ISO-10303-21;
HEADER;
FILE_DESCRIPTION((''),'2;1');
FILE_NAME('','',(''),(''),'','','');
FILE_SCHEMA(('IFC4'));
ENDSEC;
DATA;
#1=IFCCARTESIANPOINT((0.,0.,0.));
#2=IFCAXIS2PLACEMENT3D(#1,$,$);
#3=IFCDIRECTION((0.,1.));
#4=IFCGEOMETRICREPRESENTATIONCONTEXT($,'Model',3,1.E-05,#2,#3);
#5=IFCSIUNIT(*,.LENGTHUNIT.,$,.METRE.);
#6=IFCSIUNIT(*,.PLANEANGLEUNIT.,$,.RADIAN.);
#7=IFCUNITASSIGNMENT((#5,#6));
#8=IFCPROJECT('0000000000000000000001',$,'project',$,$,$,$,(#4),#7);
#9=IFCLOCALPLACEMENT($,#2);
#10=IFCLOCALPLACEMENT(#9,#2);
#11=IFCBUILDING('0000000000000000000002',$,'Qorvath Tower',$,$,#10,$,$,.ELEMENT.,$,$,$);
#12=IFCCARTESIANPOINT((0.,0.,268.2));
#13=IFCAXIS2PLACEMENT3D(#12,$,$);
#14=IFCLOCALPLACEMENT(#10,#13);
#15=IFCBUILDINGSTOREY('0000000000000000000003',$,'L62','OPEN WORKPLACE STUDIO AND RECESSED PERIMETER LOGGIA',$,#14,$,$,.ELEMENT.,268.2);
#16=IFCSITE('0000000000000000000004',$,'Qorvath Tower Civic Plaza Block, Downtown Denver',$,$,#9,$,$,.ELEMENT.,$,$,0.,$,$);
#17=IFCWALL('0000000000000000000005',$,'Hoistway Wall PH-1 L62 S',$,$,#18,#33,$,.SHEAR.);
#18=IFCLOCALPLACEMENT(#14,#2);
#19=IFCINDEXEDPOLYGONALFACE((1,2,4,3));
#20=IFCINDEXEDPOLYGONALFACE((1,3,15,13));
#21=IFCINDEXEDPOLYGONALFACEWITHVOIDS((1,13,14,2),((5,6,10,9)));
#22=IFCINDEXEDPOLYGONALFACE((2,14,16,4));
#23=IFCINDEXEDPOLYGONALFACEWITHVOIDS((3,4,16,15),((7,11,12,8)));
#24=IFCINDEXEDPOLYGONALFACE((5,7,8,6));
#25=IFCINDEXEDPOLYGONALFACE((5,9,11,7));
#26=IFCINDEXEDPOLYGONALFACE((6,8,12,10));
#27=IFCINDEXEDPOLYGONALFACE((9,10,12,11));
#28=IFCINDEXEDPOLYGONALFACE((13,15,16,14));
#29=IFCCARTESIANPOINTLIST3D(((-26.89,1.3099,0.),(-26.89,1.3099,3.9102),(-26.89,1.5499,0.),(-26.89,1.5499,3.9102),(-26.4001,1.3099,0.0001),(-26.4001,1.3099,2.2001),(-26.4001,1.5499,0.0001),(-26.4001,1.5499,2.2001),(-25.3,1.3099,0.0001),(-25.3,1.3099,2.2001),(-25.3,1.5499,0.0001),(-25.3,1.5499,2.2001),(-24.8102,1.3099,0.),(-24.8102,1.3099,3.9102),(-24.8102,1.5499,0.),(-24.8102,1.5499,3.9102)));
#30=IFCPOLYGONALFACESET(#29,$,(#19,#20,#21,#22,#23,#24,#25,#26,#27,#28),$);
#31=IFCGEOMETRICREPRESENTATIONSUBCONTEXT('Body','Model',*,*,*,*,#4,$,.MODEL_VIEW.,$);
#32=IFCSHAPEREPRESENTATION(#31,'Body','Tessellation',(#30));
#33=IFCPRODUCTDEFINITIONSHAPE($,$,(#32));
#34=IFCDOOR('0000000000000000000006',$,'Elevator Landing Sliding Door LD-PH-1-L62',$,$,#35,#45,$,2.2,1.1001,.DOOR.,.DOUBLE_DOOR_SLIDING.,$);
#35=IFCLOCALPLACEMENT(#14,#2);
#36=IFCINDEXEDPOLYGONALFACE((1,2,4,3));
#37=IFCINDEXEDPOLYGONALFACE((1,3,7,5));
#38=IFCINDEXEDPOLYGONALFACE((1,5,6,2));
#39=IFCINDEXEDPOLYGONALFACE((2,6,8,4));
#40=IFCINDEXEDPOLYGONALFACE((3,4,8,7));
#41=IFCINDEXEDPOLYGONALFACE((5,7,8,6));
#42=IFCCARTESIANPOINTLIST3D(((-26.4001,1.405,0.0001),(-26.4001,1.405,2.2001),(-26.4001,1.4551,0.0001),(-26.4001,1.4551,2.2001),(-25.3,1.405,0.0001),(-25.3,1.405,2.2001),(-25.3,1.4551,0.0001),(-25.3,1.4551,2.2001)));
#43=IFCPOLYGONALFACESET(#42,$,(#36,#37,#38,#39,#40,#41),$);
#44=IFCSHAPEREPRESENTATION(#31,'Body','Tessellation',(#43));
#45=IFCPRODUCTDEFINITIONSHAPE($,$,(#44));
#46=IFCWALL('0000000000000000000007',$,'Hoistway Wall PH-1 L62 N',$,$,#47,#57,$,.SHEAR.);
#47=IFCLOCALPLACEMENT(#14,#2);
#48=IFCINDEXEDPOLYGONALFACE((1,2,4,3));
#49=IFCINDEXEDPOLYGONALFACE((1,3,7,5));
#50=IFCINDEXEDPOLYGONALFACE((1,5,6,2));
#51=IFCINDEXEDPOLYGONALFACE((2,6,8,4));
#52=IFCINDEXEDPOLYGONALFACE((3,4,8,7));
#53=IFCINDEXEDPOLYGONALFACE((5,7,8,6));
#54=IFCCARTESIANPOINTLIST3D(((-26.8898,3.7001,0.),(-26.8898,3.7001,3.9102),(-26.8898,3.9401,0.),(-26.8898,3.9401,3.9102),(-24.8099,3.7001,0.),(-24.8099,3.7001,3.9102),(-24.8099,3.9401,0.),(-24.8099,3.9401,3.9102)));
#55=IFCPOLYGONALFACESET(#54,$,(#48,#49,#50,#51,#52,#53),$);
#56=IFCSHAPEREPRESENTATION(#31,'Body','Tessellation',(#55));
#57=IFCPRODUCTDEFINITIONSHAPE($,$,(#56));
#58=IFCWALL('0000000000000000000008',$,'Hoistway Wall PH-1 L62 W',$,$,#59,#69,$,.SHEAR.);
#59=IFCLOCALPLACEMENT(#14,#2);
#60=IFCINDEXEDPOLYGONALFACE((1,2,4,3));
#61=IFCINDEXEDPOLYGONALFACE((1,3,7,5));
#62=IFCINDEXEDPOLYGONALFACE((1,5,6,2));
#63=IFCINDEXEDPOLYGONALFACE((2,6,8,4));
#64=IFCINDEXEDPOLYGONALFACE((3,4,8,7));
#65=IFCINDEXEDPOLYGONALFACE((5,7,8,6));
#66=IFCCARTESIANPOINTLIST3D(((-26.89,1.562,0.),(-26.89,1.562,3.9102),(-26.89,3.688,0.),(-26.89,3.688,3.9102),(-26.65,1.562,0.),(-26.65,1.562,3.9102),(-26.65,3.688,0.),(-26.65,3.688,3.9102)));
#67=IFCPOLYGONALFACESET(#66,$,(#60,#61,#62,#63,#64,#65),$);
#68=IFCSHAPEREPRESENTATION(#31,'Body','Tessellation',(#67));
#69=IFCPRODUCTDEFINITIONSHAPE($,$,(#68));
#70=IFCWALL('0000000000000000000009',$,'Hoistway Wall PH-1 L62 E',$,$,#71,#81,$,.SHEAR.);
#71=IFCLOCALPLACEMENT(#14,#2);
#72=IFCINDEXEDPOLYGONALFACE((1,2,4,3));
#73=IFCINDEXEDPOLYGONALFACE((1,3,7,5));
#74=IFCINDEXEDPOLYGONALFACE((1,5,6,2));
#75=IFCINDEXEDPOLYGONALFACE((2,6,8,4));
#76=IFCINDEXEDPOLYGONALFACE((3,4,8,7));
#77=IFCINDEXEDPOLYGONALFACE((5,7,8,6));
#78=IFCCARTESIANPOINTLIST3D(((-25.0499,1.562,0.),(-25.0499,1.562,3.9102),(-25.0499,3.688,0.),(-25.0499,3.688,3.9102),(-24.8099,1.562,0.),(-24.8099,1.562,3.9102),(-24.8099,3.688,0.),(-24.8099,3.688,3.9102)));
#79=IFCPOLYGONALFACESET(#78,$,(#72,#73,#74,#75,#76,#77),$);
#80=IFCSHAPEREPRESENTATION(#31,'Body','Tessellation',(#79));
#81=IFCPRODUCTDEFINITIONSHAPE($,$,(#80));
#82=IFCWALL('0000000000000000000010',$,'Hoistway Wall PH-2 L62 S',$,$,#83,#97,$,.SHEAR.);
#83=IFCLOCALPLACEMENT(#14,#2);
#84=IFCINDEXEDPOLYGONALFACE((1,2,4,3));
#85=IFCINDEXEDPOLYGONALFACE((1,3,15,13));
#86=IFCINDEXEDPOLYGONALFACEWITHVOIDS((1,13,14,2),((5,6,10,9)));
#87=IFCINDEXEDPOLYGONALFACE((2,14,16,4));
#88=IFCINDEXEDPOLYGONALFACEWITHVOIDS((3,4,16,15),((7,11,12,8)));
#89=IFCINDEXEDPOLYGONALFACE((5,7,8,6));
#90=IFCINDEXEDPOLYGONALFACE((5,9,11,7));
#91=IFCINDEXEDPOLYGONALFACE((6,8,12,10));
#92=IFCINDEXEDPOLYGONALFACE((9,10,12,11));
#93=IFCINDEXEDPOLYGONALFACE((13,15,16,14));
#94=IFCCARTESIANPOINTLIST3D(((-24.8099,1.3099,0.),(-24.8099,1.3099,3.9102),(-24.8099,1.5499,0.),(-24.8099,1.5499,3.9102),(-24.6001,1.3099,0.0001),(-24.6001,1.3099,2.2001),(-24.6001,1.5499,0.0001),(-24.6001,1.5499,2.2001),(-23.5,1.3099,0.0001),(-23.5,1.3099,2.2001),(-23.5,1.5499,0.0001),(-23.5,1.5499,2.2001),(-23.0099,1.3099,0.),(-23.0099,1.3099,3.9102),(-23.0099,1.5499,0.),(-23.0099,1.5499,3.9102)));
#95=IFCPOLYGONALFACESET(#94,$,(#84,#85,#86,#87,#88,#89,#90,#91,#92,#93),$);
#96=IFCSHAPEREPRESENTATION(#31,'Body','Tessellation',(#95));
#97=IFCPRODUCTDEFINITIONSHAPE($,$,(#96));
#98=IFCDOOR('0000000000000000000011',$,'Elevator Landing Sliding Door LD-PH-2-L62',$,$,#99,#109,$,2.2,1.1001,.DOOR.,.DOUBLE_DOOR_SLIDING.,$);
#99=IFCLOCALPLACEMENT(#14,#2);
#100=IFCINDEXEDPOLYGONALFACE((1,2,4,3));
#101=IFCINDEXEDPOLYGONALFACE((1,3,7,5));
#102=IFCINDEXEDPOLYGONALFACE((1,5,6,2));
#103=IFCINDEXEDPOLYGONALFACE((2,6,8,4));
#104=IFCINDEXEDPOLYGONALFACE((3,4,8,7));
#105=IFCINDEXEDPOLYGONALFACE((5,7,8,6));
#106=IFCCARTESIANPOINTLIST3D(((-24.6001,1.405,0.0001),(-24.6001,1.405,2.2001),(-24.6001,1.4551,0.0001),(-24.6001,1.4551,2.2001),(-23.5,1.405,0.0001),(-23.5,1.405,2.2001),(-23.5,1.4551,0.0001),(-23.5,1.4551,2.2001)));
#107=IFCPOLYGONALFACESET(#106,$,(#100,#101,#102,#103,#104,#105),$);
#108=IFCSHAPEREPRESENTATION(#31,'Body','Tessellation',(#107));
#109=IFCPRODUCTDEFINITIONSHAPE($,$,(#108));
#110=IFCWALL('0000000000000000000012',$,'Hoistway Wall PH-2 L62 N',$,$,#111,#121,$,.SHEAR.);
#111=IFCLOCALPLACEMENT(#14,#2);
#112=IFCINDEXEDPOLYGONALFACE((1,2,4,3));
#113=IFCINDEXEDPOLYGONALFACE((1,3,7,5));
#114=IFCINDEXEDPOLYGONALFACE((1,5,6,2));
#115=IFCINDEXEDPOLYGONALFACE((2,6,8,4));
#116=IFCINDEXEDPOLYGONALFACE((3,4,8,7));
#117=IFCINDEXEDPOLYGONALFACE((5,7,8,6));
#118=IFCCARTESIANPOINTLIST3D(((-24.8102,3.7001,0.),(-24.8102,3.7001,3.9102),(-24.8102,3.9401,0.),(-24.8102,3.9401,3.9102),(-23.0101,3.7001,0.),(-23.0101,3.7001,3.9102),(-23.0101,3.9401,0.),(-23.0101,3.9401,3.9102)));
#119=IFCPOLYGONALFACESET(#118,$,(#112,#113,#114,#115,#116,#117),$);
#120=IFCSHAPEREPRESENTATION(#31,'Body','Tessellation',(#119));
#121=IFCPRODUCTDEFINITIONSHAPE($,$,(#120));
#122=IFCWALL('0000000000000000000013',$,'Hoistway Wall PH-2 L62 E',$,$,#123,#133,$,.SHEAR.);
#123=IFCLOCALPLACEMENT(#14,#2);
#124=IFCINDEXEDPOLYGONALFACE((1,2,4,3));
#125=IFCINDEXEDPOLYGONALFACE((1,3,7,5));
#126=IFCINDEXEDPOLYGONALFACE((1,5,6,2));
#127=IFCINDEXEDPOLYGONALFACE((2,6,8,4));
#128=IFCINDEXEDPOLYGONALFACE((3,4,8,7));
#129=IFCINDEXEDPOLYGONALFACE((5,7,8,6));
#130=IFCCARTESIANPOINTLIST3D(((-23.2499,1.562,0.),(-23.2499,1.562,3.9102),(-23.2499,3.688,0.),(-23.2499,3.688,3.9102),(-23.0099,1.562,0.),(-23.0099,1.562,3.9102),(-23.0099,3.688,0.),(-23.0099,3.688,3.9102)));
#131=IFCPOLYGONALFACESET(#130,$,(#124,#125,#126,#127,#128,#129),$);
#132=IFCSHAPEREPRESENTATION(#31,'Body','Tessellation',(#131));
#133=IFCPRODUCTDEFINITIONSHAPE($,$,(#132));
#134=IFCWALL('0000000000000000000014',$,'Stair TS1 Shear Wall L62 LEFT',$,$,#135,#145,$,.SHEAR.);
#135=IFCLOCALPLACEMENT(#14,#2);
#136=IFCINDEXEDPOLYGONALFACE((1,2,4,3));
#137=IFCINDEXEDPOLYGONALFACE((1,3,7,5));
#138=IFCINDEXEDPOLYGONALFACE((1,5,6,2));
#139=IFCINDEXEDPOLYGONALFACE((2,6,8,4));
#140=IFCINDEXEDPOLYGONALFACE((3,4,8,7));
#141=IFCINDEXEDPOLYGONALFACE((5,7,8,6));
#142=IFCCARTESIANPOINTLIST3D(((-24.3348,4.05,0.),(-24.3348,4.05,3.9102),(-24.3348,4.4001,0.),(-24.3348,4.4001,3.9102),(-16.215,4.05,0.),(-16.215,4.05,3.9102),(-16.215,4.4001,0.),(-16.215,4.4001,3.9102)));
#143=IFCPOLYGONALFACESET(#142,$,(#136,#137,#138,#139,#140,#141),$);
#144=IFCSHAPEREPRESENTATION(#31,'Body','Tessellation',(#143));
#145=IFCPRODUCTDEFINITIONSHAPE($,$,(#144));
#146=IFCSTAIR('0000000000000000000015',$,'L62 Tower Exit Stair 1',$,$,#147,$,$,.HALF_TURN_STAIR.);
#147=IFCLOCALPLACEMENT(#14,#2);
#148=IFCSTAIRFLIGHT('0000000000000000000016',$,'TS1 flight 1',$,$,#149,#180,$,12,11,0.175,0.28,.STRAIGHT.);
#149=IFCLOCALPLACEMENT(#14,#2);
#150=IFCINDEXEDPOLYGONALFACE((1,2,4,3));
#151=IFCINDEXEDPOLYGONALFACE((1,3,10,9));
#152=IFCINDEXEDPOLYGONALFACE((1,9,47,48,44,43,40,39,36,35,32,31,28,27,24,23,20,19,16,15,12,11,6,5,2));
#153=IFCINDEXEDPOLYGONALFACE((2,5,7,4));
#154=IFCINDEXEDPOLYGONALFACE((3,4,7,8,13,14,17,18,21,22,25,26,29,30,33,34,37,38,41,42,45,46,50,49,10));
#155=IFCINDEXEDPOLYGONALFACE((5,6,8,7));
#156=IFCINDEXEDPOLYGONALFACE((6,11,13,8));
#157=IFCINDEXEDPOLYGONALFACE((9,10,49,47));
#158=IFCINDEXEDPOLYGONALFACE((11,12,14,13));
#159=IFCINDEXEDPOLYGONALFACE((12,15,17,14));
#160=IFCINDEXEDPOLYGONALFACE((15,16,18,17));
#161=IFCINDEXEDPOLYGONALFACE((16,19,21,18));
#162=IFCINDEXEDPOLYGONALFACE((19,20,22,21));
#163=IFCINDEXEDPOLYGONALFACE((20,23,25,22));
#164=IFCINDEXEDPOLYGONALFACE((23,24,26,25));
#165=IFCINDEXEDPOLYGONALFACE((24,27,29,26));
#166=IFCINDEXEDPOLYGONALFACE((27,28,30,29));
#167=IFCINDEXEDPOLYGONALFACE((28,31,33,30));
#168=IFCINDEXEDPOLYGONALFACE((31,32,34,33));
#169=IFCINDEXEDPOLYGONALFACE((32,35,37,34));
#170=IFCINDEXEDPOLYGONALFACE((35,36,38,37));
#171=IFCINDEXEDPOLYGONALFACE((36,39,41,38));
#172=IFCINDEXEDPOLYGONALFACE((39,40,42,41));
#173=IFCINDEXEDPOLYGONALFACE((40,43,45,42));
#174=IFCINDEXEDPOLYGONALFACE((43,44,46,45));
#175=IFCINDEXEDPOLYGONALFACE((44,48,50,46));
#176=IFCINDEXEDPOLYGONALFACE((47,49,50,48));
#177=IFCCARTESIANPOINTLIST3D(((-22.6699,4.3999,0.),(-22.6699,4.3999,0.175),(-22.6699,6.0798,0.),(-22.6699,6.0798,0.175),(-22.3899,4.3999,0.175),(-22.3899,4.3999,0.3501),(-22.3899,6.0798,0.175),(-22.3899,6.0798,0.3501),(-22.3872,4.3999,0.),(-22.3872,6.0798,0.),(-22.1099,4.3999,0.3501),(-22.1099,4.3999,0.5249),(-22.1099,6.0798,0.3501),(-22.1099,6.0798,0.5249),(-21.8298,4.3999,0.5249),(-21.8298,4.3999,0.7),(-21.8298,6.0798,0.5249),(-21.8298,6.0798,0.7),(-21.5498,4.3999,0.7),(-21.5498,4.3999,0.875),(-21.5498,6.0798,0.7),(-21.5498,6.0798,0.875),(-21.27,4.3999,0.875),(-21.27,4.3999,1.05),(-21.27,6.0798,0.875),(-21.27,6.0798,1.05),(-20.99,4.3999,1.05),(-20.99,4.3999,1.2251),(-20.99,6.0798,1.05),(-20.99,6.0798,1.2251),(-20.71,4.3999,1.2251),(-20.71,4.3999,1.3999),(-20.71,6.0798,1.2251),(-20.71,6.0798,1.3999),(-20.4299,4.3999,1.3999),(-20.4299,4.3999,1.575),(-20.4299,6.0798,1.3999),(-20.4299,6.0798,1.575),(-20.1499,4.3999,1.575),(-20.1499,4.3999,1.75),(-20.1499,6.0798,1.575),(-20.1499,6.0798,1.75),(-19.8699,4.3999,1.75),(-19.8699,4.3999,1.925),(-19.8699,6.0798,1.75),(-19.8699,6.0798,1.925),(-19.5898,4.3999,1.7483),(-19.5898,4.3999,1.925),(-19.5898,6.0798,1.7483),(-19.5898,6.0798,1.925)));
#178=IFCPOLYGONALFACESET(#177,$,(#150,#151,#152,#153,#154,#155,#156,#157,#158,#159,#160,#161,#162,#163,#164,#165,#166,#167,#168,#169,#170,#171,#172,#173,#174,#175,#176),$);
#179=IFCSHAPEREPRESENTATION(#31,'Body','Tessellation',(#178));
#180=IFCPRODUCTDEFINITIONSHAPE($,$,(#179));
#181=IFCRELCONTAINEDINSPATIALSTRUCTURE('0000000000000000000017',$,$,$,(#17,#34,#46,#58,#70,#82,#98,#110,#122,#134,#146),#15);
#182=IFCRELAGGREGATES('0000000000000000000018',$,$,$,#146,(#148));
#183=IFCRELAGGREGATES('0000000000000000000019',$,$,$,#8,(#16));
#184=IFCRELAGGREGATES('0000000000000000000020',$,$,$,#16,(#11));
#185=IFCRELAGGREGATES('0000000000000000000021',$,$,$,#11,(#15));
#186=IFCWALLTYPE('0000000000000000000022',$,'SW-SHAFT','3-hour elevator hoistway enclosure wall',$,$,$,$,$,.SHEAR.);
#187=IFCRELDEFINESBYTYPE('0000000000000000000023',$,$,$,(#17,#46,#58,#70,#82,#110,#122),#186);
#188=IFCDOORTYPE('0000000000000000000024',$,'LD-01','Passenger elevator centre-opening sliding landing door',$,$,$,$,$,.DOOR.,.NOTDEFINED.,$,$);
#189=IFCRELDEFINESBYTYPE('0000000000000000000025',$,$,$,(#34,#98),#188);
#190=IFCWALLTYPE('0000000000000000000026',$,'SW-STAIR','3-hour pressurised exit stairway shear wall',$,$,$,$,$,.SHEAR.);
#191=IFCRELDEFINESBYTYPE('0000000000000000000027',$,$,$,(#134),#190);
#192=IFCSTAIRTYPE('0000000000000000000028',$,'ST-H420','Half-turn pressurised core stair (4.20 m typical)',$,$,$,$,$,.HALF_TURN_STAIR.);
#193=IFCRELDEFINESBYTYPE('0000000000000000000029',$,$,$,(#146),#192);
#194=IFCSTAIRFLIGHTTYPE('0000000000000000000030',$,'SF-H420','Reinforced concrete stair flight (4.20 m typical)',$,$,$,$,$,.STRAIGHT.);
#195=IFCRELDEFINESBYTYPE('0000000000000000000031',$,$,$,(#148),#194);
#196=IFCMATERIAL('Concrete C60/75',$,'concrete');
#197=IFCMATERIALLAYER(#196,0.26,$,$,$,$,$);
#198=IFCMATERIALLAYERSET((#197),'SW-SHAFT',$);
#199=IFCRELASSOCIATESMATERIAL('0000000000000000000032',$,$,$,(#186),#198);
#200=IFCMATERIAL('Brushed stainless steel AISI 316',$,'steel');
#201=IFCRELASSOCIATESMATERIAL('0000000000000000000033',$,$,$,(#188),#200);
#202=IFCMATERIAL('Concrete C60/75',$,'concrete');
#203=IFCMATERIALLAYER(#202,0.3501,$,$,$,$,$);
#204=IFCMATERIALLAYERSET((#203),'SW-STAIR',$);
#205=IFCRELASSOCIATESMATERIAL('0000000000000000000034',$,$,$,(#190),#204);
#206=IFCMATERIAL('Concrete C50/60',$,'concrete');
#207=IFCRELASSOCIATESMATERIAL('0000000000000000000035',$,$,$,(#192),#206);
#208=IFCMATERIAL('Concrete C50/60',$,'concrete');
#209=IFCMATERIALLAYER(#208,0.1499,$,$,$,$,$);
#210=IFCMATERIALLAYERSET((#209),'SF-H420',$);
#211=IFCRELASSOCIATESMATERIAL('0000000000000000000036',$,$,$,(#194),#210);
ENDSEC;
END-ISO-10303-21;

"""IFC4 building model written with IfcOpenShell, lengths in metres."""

from ifc_helpers import new_model, si_unit, direction, frame, frame_2d, origin, place, context, subcontext, project, spatial, polyline, rectangle, outline, extrude, material, layer, layer_set, type_object, element, fill, aggregate, save


model = new_model("IFC4")

# Units and contexts
model_context = context("Model", 3, precision=1e-05, world=origin(), true_north=direction((0.0, 1.0)))
body_context = subcontext(model_context, "Body", "Model", "MODEL_VIEW")
ifc_project = project(units=[si_unit("LENGTHUNIT", "METRE"), si_unit("PLANEANGLEUNIT", "RADIAN")], contexts=[model_context])

# Site, building, storey
site_placement = place(None, origin())
site = spatial("IfcSite", under=ifc_project, at=site_placement, Name="Qorvath Tower Civic Plaza Block, Downtown Denver", CompositionType="ELEMENT", RefElevation=0.0)
building_placement = place(site_placement, origin())
building = spatial("IfcBuilding", under=site, at=building_placement, Name="Qorvath Tower", CompositionType="ELEMENT")
storey_placement = place(building_placement, frame((0.0, 0.0, 268.2)))
storey = spatial("IfcBuildingStorey", under=building, at=storey_placement, Name="L62", Description="OPEN WORKPLACE STUDIO AND RECESSED PERIMETER LOGGIA", CompositionType="ELEMENT", Elevation=268.2)

# Shared definitions
ifc_material_1 = material(Name="Concrete C60/75", Category="concrete")
ifc_layer_1 = layer(ifc_material_1, 0.26)
ifc_layer_set_1 = layer_set([ifc_layer_1], Name="SW-SHAFT")
wall_type_1 = type_object("IfcWallType", Name="SW-SHAFT", Description="3-hour elevator hoistway enclosure wall", PredefinedType="SHEAR", material=ifc_layer_set_1)

# Wall, opening, door
wall_1_placement = place(storey_placement, frame((-24.8101, 1.4299, 0.0), z_axis=(0.0, 0.0, 1.0), x_axis=(-1.0, 0.0, 0.0)))
wall_1 = element("IfcWall", 1, at=wall_1_placement, inside=storey, type_object=wall_type_1, Name="Hoistway Wall PH-1 L62 S", PredefinedType="SHEAR", context=body_context, shape_type="SweptSolid", body=[
    extrude(rectangle(XDim=2.0798, YDim=0.24, at=frame_2d((1.04, 0.0))), origin(), (0.0, 0.0, 1.0), 3.9102),
])
opening_1_placement = place(wall_1_placement, frame((0.49, 0.0, 0.0)))
opening_1 = element("IfcOpeningElement", 2, at=opening_1_placement, cuts=wall_1, PredefinedType="OPENING", context=body_context, shape_type="SweptSolid", body=[
    extrude(rectangle(XDim=1.1001, YDim=2.2, at=frame_2d((0.55, 1.1001))), frame((0.0, 0.1299, 0.0), z_axis=(0.0, -1.0, 0.0), x_axis=(1.0, 0.0, 0.0)), (0.0, 0.0, 1.0), 0.26),
])
ifc_material_2 = material(Name="Brushed stainless steel AISI 316", Category="steel")
door_type_1 = type_object("IfcDoorType", Name="LD-01", Description="Passenger elevator centre-opening sliding landing door", OperationType="NOTDEFINED", PredefinedType="DOOR", material=ifc_material_2)
door_1_placement = place(opening_1_placement, origin())
door_1 = element("IfcDoor", 3, at=door_1_placement, inside=storey, type_object=door_type_1, Name="Elevator Landing Sliding Door LD-PH-1-L62", OperationType="DOUBLE_DOOR_SLIDING", OverallHeight=2.2, OverallWidth=1.1001, PredefinedType="DOOR", context=body_context, shape_type="SweptSolid", body=[
    extrude(rectangle(XDim=1.1001, YDim=2.2, at=frame_2d((0.55, 1.1001))), frame((0.0, 0.0249, 0.0), z_axis=(0.0, -1.0, 0.0), x_axis=(1.0, 0.0, 0.0)), (0.0, 0.0, 1.0), 0.05),
])
fill(opening_1, door_1)

# Walls
wall_2_placement = place(storey_placement, frame((-26.8899, 3.8201, 0.0), z_axis=(0.0, 0.0, 1.0), x_axis=(1.0, 0.0, 0.0)))
element("IfcWall", 4, at=wall_2_placement, inside=storey, type_object=wall_type_1, Name="Hoistway Wall PH-1 L62 N", PredefinedType="SHEAR", context=body_context, shape_type="SweptSolid", body=[
    extrude(rectangle(XDim=2.0798, YDim=0.24, at=frame_2d((1.04, 0.0))), origin(), (0.0, 0.0, 1.0), 3.9102),
])
for number, where, z_axis, x_axis, name in (
    (5, (-26.77, 1.562, 0.0), (0.0, 0.0, 1.0), (0.0, 1.0, 0.0), "Hoistway Wall PH-1 L62 W"),
    (6, (-24.9299, 3.688, 0.0), (0.0, 0.0, 1.0), (0.0, -1.0, 0.0), "Hoistway Wall PH-1 L62 E"),
):
    element("IfcWall", number, at=place(storey_placement, frame(where, z_axis=z_axis, x_axis=x_axis)), inside=storey, type_object=wall_type_1, Name=name, PredefinedType="SHEAR", context=body_context, shape_type="SweptSolid", body=[
        extrude(rectangle(XDim=2.126, YDim=0.24, at=frame_2d((1.063, 0.0))), origin(), (0.0, 0.0, 1.0), 3.9102),
    ])

# Wall, opening, door
wall_3_placement = place(storey_placement, frame((-23.01, 1.4299, 0.0), z_axis=(0.0, 0.0, 1.0), x_axis=(-1.0, 0.0, 0.0)))
wall_3 = element("IfcWall", 7, at=wall_3_placement, inside=storey, type_object=wall_type_1, Name="Hoistway Wall PH-2 L62 S", PredefinedType="SHEAR", context=body_context, shape_type="SweptSolid", body=[
    extrude(rectangle(XDim=1.8, YDim=0.24, at=frame_2d((0.8999, 0.0))), origin(), (0.0, 0.0, 1.0), 3.9102),
])
opening_2_placement = place(wall_3_placement, frame((0.49, 0.0, 0.0)))
opening_2 = element("IfcOpeningElement", 8, at=opening_2_placement, cuts=wall_3, PredefinedType="OPENING", context=body_context, shape_type="SweptSolid", body=[
    extrude(rectangle(XDim=1.1001, YDim=2.2, at=frame_2d((0.55, 1.1001))), frame((0.0, 0.1299, 0.0), z_axis=(0.0, -1.0, 0.0), x_axis=(1.0, 0.0, 0.0)), (0.0, 0.0, 1.0), 0.26),
])
door_2_placement = place(opening_2_placement, origin())
door_2 = element("IfcDoor", 9, at=door_2_placement, inside=storey, type_object=door_type_1, Name="Elevator Landing Sliding Door LD-PH-2-L62", OperationType="DOUBLE_DOOR_SLIDING", OverallHeight=2.2, OverallWidth=1.1001, PredefinedType="DOOR", context=body_context, shape_type="SweptSolid", body=[
    extrude(rectangle(XDim=1.1001, YDim=2.2, at=frame_2d((0.55, 1.1001))), frame((0.0, 0.0249, 0.0), z_axis=(0.0, -1.0, 0.0), x_axis=(1.0, 0.0, 0.0)), (0.0, 0.0, 1.0), 0.05),
])
fill(opening_2, door_2)

# Walls
wall_4_placement = place(storey_placement, frame((-24.8101, 3.8201, 0.0), z_axis=(0.0, 0.0, 1.0), x_axis=(1.0, 0.0, 0.0)))
element("IfcWall", 10, at=wall_4_placement, inside=storey, type_object=wall_type_1, Name="Hoistway Wall PH-2 L62 N", PredefinedType="SHEAR", context=body_context, shape_type="SweptSolid", body=[
    extrude(rectangle(XDim=1.8, YDim=0.24, at=frame_2d((0.8999, 0.0))), origin(), (0.0, 0.0, 1.0), 3.9102),
])
wall_5_placement = place(storey_placement, frame((-23.1299, 3.688, 0.0), z_axis=(0.0, 0.0, 1.0), x_axis=(0.0, -1.0, 0.0)))
element("IfcWall", 11, at=wall_5_placement, inside=storey, type_object=wall_type_1, Name="Hoistway Wall PH-2 L62 E", PredefinedType="SHEAR", context=body_context, shape_type="SweptSolid", body=[
    extrude(rectangle(XDim=2.126, YDim=0.24, at=frame_2d((1.063, 0.0))), origin(), (0.0, 0.0, 1.0), 3.9102),
])
ifc_material_3 = material(Name="Concrete C60/75", Category="concrete")
ifc_layer_2 = layer(ifc_material_3, 0.3501)
ifc_layer_set_2 = layer_set([ifc_layer_2], Name="SW-STAIR")
wall_type_2 = type_object("IfcWallType", Name="SW-STAIR", Description="3-hour pressurised exit stairway shear wall", PredefinedType="SHEAR", material=ifc_layer_set_2)
wall_6_placement = place(storey_placement, frame((-24.335, 4.2251, 0.0), z_axis=(0.0, 0.0, 1.0), x_axis=(1.0, 0.0, 0.0)))
element("IfcWall", 12, at=wall_6_placement, inside=storey, type_object=wall_type_2, Name="Stair TS1 Shear Wall L62 LEFT", PredefinedType="SHEAR", context=body_context, shape_type="SweptSolid", body=[
    extrude(rectangle(XDim=8.1199, YDim=0.3501, at=frame_2d((4.0601, 0.0))), origin(), (0.0, 0.0, 1.0), 3.9102),
])

# Stair, stair flight
ifc_material_4 = material(Name="Concrete C50/60", Category="concrete")
stair_type = type_object("IfcStairType", Name="ST-H420", Description="Half-turn pressurised core stair (4.20 m typical)", PredefinedType="HALF_TURN_STAIR", material=ifc_material_4)
stair_placement = place(storey_placement, origin())
stair = element("IfcStair", 13, at=stair_placement, inside=storey, type_object=stair_type, Name="L62 Tower Exit Stair 1", PredefinedType="HALF_TURN_STAIR")
ifc_material_5 = material(Name="Concrete C50/60", Category="concrete")
ifc_layer_3 = layer(ifc_material_5, 0.1499)
ifc_layer_set_3 = layer_set([ifc_layer_3], Name="SF-H420")
stair_flight_type = type_object("IfcStairFlightType", Name="SF-H420", Description="Reinforced concrete stair flight (4.20 m typical)", PredefinedType="STRAIGHT", material=ifc_layer_set_3)
stair_flight_placement = place(storey_placement, frame((-22.6699, 5.24, 0.0), z_axis=(0.0, 0.0, 1.0), x_axis=(1.0, 0.0, 0.0)))
stair_flight = element("IfcStairFlight", 14, at=stair_flight_placement, type_object=stair_flight_type, Name="TS1 flight 1", NumberOfRisers=12, NumberOfTreads=11, PredefinedType="STRAIGHT", RiserHeight=0.175, TreadLength=0.28, context=body_context, shape_type="SweptSolid", body=[
    extrude(outline(polyline([(0.0, 0.0), (0.0, 0.175), (0.28, 0.175), (0.28, 0.3501), (0.5601, 0.3501), (0.5601, 0.5249), (0.8401, 0.5249), (0.8401, 0.7), (1.1201, 0.7), (1.1201, 0.875), (1.3999, 0.875), (1.3999, 1.05), (1.6799, 1.05), (1.6799, 1.2251), (1.96, 1.2251), (1.96, 1.3999), (2.24, 1.3999), (2.24, 1.575), (2.52, 1.575), (2.52, 1.75), (2.8, 1.75), (2.8, 1.925), (3.0801, 1.925), (3.0801, 2.1001), (3.0801, 1.7483), (0.2827, 0.0), (0.0, 0.0)])), frame((0.0, 0.8398, 0.0), z_axis=(0.0, -1.0, 0.0), x_axis=(1.0, 0.0, 0.0)), (0.0, 0.0, 1.0), 1.6799),
])
aggregate(stair, [stair_flight])

save(model, "model.ifc")
